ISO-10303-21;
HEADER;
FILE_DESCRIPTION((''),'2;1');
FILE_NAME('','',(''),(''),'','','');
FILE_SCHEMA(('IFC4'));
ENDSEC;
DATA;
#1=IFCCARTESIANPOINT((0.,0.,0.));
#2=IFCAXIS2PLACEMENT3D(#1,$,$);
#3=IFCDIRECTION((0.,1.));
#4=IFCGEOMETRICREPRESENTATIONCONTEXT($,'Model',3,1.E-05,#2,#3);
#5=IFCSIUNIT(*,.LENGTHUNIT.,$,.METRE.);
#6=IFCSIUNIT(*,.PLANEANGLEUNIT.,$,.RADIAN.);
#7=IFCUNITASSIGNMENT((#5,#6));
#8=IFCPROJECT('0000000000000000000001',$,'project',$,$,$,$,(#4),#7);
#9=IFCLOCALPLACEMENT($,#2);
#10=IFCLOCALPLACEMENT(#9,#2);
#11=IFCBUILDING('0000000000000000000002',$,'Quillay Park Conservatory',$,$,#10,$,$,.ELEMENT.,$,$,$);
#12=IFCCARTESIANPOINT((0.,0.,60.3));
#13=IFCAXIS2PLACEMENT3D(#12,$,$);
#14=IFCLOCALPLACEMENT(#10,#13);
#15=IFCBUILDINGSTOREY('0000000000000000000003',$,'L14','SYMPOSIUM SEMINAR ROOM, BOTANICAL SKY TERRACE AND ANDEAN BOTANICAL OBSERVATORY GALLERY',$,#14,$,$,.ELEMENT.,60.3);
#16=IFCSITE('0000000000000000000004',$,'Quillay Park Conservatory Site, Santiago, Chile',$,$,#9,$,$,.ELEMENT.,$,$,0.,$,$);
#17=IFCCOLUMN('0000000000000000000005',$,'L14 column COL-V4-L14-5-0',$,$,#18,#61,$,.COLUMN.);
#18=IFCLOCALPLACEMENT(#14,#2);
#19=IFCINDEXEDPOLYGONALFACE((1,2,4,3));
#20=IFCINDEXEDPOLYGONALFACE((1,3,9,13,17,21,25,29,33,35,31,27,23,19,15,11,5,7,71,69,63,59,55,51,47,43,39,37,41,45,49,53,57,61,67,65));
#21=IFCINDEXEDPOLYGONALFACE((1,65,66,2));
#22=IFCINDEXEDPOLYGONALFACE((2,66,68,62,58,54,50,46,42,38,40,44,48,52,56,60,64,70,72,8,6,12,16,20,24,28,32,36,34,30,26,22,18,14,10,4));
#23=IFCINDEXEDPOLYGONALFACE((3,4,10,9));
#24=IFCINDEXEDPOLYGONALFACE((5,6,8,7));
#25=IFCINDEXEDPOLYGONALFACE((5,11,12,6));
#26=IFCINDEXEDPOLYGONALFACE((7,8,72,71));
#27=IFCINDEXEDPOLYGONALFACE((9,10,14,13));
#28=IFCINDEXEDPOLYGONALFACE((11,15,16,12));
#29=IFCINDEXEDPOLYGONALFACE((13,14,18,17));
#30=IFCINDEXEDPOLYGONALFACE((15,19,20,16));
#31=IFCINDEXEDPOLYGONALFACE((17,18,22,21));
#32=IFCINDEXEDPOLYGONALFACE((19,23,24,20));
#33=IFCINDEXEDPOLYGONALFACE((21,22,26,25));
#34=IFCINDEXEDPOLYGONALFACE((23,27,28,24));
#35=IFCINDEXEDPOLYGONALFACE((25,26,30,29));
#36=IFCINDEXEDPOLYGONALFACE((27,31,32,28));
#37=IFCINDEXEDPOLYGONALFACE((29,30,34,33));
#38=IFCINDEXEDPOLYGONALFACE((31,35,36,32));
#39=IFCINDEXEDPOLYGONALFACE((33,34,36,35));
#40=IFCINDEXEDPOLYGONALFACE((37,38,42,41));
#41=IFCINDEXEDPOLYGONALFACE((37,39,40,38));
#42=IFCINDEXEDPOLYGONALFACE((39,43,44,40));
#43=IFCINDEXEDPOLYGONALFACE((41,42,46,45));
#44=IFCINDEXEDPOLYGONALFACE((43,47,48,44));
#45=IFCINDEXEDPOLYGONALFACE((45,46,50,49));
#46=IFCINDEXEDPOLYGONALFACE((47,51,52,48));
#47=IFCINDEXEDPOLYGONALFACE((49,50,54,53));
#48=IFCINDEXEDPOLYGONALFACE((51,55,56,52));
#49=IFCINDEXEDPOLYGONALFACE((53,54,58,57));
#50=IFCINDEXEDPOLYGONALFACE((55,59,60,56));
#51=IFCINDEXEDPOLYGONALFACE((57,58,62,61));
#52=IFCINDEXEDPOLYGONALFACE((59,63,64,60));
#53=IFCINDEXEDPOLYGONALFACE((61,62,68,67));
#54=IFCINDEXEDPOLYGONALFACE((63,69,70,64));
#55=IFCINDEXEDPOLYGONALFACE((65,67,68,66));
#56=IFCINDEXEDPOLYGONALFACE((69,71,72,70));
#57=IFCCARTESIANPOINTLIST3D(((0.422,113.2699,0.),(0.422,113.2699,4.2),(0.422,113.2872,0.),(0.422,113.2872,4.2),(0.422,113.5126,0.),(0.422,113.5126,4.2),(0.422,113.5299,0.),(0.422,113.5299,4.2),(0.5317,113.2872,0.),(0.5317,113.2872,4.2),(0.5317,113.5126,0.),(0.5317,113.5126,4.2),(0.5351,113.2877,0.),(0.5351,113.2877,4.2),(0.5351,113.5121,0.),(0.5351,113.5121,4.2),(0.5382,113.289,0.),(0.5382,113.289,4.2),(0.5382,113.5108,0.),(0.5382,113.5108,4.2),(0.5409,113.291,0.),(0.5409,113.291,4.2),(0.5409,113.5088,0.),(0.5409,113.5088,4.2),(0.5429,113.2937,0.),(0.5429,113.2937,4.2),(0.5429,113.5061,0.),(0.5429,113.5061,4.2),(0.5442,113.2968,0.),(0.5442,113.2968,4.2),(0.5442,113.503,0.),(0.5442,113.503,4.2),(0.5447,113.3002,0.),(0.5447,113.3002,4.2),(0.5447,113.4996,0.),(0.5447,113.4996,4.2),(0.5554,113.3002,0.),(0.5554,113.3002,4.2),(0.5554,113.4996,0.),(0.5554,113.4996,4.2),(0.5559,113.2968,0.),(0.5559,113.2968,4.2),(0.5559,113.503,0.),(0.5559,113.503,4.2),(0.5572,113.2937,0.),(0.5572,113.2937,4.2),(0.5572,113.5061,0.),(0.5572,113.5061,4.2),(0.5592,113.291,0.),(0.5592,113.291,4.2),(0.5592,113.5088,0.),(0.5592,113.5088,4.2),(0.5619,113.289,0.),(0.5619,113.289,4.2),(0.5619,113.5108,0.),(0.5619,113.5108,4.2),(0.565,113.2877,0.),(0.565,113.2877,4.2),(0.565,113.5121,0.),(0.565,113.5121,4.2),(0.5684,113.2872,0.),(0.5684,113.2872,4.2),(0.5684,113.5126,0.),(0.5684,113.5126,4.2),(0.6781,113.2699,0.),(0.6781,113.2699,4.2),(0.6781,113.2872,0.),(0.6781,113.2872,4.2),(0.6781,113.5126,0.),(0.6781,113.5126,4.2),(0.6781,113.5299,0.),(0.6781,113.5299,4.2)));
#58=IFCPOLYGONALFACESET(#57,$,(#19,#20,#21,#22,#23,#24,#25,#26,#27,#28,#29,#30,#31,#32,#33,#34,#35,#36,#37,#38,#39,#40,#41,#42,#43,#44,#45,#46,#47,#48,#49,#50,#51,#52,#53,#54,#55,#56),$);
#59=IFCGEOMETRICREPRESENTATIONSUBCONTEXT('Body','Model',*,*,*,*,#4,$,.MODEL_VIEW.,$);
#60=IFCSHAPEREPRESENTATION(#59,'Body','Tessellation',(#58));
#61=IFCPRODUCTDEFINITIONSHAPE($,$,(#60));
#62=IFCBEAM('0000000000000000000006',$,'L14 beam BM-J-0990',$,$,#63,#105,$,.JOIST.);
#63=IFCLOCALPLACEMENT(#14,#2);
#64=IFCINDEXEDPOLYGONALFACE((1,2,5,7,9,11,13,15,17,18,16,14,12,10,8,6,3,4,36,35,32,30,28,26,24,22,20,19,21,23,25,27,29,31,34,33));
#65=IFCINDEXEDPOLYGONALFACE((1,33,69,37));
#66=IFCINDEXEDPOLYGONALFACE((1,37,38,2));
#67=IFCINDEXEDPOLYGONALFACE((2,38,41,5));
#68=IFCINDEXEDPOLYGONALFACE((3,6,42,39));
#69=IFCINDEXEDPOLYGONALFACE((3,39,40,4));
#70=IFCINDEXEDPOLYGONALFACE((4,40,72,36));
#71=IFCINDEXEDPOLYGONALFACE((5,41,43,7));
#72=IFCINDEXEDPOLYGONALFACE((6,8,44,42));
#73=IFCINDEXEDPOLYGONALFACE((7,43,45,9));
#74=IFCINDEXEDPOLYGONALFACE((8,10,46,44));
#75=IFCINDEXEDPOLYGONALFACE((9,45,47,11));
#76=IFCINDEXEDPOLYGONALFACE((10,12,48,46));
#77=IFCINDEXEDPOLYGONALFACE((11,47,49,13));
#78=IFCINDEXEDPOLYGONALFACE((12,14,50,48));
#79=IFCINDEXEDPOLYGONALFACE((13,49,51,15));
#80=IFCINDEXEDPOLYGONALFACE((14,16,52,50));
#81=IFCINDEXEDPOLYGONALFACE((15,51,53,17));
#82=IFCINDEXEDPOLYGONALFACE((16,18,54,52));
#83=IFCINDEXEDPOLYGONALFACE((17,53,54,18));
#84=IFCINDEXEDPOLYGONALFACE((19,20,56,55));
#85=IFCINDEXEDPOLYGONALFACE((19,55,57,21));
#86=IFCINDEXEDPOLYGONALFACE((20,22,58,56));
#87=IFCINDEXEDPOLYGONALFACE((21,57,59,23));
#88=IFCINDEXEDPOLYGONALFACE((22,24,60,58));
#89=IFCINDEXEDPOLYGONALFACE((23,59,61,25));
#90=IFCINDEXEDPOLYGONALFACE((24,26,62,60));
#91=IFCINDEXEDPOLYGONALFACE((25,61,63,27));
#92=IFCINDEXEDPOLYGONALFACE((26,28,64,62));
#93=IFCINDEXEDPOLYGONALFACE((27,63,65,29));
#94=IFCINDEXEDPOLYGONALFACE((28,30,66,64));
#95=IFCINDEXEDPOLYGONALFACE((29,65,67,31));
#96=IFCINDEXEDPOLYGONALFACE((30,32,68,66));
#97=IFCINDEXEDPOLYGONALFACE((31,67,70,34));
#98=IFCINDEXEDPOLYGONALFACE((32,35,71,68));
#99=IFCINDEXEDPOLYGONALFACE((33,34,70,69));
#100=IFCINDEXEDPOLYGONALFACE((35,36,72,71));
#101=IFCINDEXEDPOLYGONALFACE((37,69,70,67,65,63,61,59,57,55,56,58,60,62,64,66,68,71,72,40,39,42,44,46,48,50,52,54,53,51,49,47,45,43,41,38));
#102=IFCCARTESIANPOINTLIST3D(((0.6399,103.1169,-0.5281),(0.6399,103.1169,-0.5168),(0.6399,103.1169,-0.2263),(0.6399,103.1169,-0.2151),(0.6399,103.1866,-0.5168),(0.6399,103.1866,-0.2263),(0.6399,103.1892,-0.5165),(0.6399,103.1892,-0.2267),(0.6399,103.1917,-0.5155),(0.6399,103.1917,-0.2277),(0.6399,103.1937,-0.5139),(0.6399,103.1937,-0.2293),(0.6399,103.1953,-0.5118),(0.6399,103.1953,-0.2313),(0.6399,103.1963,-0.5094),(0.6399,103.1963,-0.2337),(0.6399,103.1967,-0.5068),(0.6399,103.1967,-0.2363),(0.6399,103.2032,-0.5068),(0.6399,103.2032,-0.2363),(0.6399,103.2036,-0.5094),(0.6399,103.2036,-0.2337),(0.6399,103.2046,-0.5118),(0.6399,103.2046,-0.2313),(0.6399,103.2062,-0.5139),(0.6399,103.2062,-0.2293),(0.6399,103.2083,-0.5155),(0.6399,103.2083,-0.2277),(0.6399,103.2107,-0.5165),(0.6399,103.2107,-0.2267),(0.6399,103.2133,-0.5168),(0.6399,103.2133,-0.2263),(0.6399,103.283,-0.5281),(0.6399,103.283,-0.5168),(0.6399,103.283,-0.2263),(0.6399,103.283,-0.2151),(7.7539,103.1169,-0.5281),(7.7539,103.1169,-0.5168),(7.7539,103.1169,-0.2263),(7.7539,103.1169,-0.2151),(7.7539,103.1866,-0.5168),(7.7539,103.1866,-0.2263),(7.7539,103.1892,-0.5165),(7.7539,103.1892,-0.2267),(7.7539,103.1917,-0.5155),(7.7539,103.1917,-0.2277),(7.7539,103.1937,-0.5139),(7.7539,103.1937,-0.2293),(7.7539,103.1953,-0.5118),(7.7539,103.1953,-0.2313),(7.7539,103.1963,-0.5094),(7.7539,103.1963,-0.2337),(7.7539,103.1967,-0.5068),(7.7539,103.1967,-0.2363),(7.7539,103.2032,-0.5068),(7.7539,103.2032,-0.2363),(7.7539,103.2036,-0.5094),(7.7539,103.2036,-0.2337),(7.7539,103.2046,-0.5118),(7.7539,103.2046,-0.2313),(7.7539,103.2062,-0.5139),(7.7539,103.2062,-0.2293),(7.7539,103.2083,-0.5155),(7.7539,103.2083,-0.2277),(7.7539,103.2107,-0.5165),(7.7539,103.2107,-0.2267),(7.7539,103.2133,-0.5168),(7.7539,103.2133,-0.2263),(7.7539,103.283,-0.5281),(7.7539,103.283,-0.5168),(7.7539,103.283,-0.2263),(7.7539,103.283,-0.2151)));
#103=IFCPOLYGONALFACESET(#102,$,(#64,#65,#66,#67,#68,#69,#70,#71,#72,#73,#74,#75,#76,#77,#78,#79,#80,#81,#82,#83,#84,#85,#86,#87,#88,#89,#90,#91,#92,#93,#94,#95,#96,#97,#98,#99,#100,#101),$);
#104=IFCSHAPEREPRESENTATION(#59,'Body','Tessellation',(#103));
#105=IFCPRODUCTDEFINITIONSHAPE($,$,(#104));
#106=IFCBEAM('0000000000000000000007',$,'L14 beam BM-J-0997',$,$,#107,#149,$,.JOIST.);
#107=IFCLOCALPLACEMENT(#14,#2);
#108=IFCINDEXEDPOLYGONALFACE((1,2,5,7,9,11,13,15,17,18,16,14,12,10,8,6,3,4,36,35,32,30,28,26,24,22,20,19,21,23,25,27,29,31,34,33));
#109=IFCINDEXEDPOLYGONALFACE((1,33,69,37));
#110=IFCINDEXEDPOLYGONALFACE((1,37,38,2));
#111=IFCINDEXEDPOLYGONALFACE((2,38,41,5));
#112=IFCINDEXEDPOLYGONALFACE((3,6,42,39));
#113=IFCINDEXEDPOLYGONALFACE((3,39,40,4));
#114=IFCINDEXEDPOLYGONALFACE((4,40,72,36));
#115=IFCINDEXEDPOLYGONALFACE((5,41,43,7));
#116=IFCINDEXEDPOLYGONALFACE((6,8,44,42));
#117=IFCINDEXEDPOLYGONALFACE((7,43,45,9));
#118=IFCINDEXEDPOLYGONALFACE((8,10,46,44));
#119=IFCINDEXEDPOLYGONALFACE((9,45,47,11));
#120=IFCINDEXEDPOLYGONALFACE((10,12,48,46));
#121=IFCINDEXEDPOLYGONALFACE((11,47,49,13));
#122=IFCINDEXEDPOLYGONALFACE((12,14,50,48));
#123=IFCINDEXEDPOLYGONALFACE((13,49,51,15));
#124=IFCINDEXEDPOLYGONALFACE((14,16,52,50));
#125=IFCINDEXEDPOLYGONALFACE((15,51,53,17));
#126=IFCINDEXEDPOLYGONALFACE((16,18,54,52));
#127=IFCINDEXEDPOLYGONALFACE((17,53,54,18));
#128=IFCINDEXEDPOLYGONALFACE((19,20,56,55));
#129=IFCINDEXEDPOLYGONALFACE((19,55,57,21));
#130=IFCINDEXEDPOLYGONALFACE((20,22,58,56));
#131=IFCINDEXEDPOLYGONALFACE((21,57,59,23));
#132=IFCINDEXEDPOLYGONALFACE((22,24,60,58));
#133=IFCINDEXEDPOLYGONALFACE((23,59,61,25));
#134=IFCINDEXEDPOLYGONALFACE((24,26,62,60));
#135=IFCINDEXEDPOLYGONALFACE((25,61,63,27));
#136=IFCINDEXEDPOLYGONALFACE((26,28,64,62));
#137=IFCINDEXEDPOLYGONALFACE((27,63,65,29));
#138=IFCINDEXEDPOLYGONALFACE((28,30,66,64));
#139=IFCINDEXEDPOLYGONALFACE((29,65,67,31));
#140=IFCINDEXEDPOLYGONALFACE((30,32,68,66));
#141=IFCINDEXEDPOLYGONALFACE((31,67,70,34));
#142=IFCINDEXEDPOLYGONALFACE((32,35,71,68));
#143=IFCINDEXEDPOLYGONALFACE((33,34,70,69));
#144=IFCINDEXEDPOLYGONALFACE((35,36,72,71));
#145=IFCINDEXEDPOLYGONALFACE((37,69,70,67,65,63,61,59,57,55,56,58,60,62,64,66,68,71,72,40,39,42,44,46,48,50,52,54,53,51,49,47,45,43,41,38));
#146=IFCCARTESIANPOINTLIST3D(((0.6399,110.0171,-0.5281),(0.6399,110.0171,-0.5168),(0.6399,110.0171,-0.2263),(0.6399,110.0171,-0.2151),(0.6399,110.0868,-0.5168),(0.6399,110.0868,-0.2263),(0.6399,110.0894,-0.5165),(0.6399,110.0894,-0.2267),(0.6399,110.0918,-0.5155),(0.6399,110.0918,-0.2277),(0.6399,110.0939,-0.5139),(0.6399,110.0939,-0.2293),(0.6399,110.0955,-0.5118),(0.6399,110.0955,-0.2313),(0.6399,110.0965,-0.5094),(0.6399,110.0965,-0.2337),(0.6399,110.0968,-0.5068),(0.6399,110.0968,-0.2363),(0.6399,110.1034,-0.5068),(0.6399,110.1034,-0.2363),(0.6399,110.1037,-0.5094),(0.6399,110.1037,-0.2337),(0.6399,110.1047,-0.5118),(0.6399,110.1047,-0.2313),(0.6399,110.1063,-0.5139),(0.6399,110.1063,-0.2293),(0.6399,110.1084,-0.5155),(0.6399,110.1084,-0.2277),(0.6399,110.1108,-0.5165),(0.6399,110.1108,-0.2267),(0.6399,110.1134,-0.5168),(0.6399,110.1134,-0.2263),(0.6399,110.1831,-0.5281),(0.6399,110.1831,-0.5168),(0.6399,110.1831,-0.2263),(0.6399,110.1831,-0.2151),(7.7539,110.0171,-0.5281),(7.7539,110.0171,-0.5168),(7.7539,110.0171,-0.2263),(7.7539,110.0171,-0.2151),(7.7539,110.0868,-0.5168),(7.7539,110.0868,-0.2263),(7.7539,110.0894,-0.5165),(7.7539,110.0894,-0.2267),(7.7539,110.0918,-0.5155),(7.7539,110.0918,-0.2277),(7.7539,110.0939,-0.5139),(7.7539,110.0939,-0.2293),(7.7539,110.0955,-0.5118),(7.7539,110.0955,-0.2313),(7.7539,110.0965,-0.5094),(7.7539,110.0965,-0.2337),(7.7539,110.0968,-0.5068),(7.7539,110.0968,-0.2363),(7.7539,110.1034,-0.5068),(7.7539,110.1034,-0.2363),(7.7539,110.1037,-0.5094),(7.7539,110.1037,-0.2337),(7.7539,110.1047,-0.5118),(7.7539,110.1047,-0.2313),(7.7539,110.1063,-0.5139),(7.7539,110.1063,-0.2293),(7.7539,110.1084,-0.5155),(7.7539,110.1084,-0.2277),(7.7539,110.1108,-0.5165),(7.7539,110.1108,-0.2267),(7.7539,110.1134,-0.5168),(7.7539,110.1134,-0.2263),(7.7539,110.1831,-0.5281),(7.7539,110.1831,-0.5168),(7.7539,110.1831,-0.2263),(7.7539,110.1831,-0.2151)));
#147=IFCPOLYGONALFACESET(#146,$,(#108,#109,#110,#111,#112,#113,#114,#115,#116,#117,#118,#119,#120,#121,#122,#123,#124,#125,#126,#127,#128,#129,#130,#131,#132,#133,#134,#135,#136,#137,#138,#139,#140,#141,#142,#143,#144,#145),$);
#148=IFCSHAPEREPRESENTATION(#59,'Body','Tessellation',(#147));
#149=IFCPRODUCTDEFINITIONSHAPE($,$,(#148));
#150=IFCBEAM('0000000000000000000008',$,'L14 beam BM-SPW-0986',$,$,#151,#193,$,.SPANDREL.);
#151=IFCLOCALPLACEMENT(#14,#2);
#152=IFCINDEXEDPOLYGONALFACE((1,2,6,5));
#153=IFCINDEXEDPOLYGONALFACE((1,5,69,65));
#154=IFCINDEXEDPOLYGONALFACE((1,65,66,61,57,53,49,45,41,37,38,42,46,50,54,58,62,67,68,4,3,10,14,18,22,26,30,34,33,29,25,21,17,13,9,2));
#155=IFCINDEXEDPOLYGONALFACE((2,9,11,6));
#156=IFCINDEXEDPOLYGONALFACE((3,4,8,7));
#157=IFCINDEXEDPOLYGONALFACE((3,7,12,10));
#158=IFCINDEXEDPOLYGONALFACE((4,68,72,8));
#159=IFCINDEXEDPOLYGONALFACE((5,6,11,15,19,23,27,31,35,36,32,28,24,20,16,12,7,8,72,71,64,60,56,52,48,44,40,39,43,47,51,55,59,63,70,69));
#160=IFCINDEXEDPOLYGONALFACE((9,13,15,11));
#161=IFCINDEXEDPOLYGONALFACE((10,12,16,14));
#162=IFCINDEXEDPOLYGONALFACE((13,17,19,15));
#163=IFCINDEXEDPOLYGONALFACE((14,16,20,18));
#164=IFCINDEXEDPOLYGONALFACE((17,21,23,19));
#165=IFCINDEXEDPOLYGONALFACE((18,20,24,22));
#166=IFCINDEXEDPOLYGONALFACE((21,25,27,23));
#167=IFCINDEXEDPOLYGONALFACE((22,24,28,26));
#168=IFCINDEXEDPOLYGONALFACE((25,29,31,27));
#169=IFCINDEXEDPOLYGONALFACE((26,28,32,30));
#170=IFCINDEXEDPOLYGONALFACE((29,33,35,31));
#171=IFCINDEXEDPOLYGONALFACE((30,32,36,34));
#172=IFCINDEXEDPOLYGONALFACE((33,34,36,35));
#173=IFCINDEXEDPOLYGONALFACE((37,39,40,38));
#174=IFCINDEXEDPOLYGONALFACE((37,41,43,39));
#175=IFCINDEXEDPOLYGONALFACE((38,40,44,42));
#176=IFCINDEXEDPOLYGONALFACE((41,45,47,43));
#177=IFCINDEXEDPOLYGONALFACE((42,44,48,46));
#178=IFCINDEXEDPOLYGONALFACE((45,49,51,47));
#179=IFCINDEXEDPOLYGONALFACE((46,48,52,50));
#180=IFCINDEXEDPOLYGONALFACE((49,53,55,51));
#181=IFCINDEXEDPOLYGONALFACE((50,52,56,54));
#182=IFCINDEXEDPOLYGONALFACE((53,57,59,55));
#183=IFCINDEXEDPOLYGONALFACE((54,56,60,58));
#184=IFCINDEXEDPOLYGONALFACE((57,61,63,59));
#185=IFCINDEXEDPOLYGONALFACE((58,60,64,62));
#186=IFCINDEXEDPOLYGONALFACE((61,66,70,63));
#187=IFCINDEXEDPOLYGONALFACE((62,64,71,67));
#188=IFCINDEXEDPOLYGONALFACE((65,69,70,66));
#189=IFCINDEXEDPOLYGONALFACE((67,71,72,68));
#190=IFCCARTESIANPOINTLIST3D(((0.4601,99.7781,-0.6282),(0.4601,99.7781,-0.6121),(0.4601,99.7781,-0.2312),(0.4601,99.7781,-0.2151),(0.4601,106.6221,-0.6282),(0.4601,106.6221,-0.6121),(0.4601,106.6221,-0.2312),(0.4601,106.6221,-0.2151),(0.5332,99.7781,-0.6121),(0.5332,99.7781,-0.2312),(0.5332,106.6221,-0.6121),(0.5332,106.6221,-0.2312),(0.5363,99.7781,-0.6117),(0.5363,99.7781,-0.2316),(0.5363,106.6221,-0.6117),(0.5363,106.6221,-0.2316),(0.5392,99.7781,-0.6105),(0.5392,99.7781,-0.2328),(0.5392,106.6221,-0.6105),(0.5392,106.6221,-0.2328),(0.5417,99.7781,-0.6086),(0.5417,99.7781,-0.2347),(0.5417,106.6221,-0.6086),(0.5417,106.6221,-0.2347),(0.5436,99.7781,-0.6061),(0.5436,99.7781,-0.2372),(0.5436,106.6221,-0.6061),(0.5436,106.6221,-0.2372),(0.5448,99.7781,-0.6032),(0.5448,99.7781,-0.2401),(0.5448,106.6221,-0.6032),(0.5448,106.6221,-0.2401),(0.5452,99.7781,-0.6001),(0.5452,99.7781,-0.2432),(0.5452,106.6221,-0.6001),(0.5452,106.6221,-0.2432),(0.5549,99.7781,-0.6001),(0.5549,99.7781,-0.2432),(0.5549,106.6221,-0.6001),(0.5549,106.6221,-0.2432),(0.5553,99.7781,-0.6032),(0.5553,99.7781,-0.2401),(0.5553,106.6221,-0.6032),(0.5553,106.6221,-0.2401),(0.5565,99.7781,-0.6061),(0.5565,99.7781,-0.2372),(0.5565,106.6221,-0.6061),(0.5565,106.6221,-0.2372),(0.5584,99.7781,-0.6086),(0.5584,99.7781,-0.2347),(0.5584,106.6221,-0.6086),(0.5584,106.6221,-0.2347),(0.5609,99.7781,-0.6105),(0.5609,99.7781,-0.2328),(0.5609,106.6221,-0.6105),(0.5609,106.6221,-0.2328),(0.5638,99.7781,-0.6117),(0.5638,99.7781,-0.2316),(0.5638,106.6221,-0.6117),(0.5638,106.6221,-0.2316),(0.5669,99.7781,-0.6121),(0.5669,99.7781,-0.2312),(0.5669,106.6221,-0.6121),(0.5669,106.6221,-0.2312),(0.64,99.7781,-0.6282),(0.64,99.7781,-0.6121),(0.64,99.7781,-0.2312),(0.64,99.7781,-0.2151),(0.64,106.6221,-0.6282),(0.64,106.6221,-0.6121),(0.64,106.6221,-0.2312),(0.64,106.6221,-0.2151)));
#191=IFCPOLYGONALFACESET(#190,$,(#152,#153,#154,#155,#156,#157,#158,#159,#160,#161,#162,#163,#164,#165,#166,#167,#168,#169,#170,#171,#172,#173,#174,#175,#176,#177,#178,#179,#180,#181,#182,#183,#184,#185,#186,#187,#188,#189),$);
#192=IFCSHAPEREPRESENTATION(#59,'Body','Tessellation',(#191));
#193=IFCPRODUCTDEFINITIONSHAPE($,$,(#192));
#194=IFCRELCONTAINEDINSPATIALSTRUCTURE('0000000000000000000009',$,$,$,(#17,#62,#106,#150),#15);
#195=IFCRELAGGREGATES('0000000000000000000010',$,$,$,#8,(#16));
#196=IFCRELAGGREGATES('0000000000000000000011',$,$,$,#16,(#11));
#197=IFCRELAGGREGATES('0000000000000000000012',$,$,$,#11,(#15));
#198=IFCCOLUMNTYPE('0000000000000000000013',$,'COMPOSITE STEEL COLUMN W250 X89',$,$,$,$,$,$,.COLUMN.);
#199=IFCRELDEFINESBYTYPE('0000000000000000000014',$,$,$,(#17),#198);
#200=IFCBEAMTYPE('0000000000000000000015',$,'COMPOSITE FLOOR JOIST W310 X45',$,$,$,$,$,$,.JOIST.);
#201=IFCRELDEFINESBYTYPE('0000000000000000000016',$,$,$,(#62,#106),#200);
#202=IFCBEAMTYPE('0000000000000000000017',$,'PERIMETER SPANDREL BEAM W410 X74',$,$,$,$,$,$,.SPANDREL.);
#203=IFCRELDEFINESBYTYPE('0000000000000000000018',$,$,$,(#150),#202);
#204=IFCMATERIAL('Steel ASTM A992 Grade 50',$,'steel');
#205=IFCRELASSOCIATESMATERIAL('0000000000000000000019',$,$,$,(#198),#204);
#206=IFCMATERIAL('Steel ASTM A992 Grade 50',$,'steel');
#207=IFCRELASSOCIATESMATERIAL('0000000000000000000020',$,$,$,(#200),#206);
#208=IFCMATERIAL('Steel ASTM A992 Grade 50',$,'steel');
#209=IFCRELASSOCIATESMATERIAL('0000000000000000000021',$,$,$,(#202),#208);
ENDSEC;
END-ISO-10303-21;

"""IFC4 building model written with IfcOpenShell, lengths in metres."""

from ifc_helpers import new_model, si_unit, direction, frame, origin, origin_2d, place, context, subcontext, project, spatial, i_section, extrude, material, material_profile, profile_set, type_object, element, save


model = new_model("IFC4")

# Units and contexts
model_context = context("Model", 3, precision=1e-05, world=origin(), true_north=direction((0.0, 1.0)))
body_context = subcontext(model_context, "Body", "Model", "MODEL_VIEW")
ifc_project = project(units=[si_unit("LENGTHUNIT", "METRE"), si_unit("PLANEANGLEUNIT", "RADIAN")], contexts=[model_context])

# Site, building, storey
site_placement = place(None, origin())
site = spatial("IfcSite", under=ifc_project, at=site_placement, Name="Quillay Park Conservatory Site, Santiago, Chile", CompositionType="ELEMENT", RefElevation=0.0)
building_placement = place(site_placement, origin())
building = spatial("IfcBuilding", under=site, at=building_placement, Name="Quillay Park Conservatory", CompositionType="ELEMENT")
storey_placement = place(building_placement, frame((0.0, 0.0, 60.3)))
storey = spatial("IfcBuildingStorey", under=building, at=storey_placement, Name="L14", Description="SYMPOSIUM SEMINAR ROOM, BOTANICAL SKY TERRACE AND ANDEAN BOTANICAL OBSERVATORY GALLERY", CompositionType="ELEMENT", Elevation=60.3)

# Column
ifc_material_1 = material(Name="Steel ASTM A992 Grade 50", Category="steel")
ifc_material_profile_1 = material_profile(ifc_material_1, i_section(OverallWidth=0.2561, OverallDepth=0.26, WebThickness=0.0107, FlangeThickness=0.0173, FilletRadius=0.0129, at=origin_2d()), Name="W250x89")
ifc_profile_set_1 = profile_set([ifc_material_profile_1], Name="Steel ASTM A992 Grade 50")
column_type = type_object("IfcColumnType", Name="COMPOSITE STEEL COLUMN W250 X89", PredefinedType="COLUMN", material=ifc_profile_set_1)
for number, where, z_axis, x_axis, name in (
    (1, (0.55, 113.3999, 0.0), (0.0, 0.0, 1.0), (1.0, 0.0, 0.0), "L14 column COL-V4-L14-5-0"),
):
    element("IfcColumn", number, at=place(storey_placement, frame(where, z_axis=z_axis, x_axis=x_axis)), inside=storey, type_object=column_type, Name=name, PredefinedType="COLUMN", context=body_context, shape_type="SweptSolid", body=[
        extrude(i_section(OverallWidth=0.2561, OverallDepth=0.26, WebThickness=0.0107, FlangeThickness=0.0173, FilletRadius=0.0129, at=origin_2d()), origin(), (0.0, 0.0, 1.0), 4.2),
    ])

# Beams
ifc_material_2 = material(Name="Steel ASTM A992 Grade 50", Category="steel")
ifc_material_profile_2 = material_profile(ifc_material_2, i_section(OverallWidth=0.166, OverallDepth=0.313, WebThickness=0.0066, FlangeThickness=0.0112, FilletRadius=0.01, at=origin_2d()), Name="W310x45")
ifc_profile_set_2 = profile_set([ifc_material_profile_2], Name="Steel ASTM A992 Grade 50")
beam_type_1 = type_object("IfcBeamType", Name="COMPOSITE FLOOR JOIST W310 X45", PredefinedType="JOIST", material=ifc_profile_set_2)
for number, where, z_axis, x_axis, name in (
    (2, (0.6399, 103.2, -0.3716), (1.0, 0.0, 0.0), (0.0, 1.0, 0.0), "L14 beam BM-J-0990"),
    (3, (0.6399, 110.1001, -0.3716), (1.0, 0.0, 0.0), (0.0, 1.0, 0.0), "L14 beam BM-J-0997"),
):
    element("IfcBeam", number, at=place(storey_placement, frame(where, z_axis=z_axis, x_axis=x_axis)), inside=storey, type_object=beam_type_1, Name=name, PredefinedType="JOIST", context=body_context, shape_type="SweptSolid", body=[
        extrude(i_section(OverallWidth=0.166, OverallDepth=0.313, WebThickness=0.0066, FlangeThickness=0.0112, FilletRadius=0.01, at=origin_2d()), origin(), (0.0, 0.0, 1.0), 7.114),
    ])
ifc_material_3 = material(Name="Steel ASTM A992 Grade 50", Category="steel")
ifc_material_profile_3 = material_profile(ifc_material_3, i_section(OverallWidth=0.1799, OverallDepth=0.4131, WebThickness=0.0098, FlangeThickness=0.0161, FilletRadius=0.012, at=origin_2d()), Name="W410x74")
ifc_profile_set_3 = profile_set([ifc_material_profile_3], Name="Steel ASTM A992 Grade 50")
beam_type_2 = type_object("IfcBeamType", Name="PERIMETER SPANDREL BEAM W410 X74", PredefinedType="SPANDREL", material=ifc_profile_set_3)
beam_1_placement = place(storey_placement, frame((0.55, 99.7781, -0.4216), z_axis=(0.0, 1.0, 0.0), x_axis=(-1.0, 0.0, 0.0)))
element("IfcBeam", 4, at=beam_1_placement, inside=storey, type_object=beam_type_2, Name="L14 beam BM-SPW-0986", PredefinedType="SPANDREL", context=body_context, shape_type="SweptSolid", body=[
    extrude(i_section(OverallWidth=0.1799, OverallDepth=0.4131, WebThickness=0.0098, FlangeThickness=0.0161, FilletRadius=0.012, at=origin_2d()), origin(), (0.0, 0.0, 1.0), 6.844),
])

save(model, "model.ifc")
